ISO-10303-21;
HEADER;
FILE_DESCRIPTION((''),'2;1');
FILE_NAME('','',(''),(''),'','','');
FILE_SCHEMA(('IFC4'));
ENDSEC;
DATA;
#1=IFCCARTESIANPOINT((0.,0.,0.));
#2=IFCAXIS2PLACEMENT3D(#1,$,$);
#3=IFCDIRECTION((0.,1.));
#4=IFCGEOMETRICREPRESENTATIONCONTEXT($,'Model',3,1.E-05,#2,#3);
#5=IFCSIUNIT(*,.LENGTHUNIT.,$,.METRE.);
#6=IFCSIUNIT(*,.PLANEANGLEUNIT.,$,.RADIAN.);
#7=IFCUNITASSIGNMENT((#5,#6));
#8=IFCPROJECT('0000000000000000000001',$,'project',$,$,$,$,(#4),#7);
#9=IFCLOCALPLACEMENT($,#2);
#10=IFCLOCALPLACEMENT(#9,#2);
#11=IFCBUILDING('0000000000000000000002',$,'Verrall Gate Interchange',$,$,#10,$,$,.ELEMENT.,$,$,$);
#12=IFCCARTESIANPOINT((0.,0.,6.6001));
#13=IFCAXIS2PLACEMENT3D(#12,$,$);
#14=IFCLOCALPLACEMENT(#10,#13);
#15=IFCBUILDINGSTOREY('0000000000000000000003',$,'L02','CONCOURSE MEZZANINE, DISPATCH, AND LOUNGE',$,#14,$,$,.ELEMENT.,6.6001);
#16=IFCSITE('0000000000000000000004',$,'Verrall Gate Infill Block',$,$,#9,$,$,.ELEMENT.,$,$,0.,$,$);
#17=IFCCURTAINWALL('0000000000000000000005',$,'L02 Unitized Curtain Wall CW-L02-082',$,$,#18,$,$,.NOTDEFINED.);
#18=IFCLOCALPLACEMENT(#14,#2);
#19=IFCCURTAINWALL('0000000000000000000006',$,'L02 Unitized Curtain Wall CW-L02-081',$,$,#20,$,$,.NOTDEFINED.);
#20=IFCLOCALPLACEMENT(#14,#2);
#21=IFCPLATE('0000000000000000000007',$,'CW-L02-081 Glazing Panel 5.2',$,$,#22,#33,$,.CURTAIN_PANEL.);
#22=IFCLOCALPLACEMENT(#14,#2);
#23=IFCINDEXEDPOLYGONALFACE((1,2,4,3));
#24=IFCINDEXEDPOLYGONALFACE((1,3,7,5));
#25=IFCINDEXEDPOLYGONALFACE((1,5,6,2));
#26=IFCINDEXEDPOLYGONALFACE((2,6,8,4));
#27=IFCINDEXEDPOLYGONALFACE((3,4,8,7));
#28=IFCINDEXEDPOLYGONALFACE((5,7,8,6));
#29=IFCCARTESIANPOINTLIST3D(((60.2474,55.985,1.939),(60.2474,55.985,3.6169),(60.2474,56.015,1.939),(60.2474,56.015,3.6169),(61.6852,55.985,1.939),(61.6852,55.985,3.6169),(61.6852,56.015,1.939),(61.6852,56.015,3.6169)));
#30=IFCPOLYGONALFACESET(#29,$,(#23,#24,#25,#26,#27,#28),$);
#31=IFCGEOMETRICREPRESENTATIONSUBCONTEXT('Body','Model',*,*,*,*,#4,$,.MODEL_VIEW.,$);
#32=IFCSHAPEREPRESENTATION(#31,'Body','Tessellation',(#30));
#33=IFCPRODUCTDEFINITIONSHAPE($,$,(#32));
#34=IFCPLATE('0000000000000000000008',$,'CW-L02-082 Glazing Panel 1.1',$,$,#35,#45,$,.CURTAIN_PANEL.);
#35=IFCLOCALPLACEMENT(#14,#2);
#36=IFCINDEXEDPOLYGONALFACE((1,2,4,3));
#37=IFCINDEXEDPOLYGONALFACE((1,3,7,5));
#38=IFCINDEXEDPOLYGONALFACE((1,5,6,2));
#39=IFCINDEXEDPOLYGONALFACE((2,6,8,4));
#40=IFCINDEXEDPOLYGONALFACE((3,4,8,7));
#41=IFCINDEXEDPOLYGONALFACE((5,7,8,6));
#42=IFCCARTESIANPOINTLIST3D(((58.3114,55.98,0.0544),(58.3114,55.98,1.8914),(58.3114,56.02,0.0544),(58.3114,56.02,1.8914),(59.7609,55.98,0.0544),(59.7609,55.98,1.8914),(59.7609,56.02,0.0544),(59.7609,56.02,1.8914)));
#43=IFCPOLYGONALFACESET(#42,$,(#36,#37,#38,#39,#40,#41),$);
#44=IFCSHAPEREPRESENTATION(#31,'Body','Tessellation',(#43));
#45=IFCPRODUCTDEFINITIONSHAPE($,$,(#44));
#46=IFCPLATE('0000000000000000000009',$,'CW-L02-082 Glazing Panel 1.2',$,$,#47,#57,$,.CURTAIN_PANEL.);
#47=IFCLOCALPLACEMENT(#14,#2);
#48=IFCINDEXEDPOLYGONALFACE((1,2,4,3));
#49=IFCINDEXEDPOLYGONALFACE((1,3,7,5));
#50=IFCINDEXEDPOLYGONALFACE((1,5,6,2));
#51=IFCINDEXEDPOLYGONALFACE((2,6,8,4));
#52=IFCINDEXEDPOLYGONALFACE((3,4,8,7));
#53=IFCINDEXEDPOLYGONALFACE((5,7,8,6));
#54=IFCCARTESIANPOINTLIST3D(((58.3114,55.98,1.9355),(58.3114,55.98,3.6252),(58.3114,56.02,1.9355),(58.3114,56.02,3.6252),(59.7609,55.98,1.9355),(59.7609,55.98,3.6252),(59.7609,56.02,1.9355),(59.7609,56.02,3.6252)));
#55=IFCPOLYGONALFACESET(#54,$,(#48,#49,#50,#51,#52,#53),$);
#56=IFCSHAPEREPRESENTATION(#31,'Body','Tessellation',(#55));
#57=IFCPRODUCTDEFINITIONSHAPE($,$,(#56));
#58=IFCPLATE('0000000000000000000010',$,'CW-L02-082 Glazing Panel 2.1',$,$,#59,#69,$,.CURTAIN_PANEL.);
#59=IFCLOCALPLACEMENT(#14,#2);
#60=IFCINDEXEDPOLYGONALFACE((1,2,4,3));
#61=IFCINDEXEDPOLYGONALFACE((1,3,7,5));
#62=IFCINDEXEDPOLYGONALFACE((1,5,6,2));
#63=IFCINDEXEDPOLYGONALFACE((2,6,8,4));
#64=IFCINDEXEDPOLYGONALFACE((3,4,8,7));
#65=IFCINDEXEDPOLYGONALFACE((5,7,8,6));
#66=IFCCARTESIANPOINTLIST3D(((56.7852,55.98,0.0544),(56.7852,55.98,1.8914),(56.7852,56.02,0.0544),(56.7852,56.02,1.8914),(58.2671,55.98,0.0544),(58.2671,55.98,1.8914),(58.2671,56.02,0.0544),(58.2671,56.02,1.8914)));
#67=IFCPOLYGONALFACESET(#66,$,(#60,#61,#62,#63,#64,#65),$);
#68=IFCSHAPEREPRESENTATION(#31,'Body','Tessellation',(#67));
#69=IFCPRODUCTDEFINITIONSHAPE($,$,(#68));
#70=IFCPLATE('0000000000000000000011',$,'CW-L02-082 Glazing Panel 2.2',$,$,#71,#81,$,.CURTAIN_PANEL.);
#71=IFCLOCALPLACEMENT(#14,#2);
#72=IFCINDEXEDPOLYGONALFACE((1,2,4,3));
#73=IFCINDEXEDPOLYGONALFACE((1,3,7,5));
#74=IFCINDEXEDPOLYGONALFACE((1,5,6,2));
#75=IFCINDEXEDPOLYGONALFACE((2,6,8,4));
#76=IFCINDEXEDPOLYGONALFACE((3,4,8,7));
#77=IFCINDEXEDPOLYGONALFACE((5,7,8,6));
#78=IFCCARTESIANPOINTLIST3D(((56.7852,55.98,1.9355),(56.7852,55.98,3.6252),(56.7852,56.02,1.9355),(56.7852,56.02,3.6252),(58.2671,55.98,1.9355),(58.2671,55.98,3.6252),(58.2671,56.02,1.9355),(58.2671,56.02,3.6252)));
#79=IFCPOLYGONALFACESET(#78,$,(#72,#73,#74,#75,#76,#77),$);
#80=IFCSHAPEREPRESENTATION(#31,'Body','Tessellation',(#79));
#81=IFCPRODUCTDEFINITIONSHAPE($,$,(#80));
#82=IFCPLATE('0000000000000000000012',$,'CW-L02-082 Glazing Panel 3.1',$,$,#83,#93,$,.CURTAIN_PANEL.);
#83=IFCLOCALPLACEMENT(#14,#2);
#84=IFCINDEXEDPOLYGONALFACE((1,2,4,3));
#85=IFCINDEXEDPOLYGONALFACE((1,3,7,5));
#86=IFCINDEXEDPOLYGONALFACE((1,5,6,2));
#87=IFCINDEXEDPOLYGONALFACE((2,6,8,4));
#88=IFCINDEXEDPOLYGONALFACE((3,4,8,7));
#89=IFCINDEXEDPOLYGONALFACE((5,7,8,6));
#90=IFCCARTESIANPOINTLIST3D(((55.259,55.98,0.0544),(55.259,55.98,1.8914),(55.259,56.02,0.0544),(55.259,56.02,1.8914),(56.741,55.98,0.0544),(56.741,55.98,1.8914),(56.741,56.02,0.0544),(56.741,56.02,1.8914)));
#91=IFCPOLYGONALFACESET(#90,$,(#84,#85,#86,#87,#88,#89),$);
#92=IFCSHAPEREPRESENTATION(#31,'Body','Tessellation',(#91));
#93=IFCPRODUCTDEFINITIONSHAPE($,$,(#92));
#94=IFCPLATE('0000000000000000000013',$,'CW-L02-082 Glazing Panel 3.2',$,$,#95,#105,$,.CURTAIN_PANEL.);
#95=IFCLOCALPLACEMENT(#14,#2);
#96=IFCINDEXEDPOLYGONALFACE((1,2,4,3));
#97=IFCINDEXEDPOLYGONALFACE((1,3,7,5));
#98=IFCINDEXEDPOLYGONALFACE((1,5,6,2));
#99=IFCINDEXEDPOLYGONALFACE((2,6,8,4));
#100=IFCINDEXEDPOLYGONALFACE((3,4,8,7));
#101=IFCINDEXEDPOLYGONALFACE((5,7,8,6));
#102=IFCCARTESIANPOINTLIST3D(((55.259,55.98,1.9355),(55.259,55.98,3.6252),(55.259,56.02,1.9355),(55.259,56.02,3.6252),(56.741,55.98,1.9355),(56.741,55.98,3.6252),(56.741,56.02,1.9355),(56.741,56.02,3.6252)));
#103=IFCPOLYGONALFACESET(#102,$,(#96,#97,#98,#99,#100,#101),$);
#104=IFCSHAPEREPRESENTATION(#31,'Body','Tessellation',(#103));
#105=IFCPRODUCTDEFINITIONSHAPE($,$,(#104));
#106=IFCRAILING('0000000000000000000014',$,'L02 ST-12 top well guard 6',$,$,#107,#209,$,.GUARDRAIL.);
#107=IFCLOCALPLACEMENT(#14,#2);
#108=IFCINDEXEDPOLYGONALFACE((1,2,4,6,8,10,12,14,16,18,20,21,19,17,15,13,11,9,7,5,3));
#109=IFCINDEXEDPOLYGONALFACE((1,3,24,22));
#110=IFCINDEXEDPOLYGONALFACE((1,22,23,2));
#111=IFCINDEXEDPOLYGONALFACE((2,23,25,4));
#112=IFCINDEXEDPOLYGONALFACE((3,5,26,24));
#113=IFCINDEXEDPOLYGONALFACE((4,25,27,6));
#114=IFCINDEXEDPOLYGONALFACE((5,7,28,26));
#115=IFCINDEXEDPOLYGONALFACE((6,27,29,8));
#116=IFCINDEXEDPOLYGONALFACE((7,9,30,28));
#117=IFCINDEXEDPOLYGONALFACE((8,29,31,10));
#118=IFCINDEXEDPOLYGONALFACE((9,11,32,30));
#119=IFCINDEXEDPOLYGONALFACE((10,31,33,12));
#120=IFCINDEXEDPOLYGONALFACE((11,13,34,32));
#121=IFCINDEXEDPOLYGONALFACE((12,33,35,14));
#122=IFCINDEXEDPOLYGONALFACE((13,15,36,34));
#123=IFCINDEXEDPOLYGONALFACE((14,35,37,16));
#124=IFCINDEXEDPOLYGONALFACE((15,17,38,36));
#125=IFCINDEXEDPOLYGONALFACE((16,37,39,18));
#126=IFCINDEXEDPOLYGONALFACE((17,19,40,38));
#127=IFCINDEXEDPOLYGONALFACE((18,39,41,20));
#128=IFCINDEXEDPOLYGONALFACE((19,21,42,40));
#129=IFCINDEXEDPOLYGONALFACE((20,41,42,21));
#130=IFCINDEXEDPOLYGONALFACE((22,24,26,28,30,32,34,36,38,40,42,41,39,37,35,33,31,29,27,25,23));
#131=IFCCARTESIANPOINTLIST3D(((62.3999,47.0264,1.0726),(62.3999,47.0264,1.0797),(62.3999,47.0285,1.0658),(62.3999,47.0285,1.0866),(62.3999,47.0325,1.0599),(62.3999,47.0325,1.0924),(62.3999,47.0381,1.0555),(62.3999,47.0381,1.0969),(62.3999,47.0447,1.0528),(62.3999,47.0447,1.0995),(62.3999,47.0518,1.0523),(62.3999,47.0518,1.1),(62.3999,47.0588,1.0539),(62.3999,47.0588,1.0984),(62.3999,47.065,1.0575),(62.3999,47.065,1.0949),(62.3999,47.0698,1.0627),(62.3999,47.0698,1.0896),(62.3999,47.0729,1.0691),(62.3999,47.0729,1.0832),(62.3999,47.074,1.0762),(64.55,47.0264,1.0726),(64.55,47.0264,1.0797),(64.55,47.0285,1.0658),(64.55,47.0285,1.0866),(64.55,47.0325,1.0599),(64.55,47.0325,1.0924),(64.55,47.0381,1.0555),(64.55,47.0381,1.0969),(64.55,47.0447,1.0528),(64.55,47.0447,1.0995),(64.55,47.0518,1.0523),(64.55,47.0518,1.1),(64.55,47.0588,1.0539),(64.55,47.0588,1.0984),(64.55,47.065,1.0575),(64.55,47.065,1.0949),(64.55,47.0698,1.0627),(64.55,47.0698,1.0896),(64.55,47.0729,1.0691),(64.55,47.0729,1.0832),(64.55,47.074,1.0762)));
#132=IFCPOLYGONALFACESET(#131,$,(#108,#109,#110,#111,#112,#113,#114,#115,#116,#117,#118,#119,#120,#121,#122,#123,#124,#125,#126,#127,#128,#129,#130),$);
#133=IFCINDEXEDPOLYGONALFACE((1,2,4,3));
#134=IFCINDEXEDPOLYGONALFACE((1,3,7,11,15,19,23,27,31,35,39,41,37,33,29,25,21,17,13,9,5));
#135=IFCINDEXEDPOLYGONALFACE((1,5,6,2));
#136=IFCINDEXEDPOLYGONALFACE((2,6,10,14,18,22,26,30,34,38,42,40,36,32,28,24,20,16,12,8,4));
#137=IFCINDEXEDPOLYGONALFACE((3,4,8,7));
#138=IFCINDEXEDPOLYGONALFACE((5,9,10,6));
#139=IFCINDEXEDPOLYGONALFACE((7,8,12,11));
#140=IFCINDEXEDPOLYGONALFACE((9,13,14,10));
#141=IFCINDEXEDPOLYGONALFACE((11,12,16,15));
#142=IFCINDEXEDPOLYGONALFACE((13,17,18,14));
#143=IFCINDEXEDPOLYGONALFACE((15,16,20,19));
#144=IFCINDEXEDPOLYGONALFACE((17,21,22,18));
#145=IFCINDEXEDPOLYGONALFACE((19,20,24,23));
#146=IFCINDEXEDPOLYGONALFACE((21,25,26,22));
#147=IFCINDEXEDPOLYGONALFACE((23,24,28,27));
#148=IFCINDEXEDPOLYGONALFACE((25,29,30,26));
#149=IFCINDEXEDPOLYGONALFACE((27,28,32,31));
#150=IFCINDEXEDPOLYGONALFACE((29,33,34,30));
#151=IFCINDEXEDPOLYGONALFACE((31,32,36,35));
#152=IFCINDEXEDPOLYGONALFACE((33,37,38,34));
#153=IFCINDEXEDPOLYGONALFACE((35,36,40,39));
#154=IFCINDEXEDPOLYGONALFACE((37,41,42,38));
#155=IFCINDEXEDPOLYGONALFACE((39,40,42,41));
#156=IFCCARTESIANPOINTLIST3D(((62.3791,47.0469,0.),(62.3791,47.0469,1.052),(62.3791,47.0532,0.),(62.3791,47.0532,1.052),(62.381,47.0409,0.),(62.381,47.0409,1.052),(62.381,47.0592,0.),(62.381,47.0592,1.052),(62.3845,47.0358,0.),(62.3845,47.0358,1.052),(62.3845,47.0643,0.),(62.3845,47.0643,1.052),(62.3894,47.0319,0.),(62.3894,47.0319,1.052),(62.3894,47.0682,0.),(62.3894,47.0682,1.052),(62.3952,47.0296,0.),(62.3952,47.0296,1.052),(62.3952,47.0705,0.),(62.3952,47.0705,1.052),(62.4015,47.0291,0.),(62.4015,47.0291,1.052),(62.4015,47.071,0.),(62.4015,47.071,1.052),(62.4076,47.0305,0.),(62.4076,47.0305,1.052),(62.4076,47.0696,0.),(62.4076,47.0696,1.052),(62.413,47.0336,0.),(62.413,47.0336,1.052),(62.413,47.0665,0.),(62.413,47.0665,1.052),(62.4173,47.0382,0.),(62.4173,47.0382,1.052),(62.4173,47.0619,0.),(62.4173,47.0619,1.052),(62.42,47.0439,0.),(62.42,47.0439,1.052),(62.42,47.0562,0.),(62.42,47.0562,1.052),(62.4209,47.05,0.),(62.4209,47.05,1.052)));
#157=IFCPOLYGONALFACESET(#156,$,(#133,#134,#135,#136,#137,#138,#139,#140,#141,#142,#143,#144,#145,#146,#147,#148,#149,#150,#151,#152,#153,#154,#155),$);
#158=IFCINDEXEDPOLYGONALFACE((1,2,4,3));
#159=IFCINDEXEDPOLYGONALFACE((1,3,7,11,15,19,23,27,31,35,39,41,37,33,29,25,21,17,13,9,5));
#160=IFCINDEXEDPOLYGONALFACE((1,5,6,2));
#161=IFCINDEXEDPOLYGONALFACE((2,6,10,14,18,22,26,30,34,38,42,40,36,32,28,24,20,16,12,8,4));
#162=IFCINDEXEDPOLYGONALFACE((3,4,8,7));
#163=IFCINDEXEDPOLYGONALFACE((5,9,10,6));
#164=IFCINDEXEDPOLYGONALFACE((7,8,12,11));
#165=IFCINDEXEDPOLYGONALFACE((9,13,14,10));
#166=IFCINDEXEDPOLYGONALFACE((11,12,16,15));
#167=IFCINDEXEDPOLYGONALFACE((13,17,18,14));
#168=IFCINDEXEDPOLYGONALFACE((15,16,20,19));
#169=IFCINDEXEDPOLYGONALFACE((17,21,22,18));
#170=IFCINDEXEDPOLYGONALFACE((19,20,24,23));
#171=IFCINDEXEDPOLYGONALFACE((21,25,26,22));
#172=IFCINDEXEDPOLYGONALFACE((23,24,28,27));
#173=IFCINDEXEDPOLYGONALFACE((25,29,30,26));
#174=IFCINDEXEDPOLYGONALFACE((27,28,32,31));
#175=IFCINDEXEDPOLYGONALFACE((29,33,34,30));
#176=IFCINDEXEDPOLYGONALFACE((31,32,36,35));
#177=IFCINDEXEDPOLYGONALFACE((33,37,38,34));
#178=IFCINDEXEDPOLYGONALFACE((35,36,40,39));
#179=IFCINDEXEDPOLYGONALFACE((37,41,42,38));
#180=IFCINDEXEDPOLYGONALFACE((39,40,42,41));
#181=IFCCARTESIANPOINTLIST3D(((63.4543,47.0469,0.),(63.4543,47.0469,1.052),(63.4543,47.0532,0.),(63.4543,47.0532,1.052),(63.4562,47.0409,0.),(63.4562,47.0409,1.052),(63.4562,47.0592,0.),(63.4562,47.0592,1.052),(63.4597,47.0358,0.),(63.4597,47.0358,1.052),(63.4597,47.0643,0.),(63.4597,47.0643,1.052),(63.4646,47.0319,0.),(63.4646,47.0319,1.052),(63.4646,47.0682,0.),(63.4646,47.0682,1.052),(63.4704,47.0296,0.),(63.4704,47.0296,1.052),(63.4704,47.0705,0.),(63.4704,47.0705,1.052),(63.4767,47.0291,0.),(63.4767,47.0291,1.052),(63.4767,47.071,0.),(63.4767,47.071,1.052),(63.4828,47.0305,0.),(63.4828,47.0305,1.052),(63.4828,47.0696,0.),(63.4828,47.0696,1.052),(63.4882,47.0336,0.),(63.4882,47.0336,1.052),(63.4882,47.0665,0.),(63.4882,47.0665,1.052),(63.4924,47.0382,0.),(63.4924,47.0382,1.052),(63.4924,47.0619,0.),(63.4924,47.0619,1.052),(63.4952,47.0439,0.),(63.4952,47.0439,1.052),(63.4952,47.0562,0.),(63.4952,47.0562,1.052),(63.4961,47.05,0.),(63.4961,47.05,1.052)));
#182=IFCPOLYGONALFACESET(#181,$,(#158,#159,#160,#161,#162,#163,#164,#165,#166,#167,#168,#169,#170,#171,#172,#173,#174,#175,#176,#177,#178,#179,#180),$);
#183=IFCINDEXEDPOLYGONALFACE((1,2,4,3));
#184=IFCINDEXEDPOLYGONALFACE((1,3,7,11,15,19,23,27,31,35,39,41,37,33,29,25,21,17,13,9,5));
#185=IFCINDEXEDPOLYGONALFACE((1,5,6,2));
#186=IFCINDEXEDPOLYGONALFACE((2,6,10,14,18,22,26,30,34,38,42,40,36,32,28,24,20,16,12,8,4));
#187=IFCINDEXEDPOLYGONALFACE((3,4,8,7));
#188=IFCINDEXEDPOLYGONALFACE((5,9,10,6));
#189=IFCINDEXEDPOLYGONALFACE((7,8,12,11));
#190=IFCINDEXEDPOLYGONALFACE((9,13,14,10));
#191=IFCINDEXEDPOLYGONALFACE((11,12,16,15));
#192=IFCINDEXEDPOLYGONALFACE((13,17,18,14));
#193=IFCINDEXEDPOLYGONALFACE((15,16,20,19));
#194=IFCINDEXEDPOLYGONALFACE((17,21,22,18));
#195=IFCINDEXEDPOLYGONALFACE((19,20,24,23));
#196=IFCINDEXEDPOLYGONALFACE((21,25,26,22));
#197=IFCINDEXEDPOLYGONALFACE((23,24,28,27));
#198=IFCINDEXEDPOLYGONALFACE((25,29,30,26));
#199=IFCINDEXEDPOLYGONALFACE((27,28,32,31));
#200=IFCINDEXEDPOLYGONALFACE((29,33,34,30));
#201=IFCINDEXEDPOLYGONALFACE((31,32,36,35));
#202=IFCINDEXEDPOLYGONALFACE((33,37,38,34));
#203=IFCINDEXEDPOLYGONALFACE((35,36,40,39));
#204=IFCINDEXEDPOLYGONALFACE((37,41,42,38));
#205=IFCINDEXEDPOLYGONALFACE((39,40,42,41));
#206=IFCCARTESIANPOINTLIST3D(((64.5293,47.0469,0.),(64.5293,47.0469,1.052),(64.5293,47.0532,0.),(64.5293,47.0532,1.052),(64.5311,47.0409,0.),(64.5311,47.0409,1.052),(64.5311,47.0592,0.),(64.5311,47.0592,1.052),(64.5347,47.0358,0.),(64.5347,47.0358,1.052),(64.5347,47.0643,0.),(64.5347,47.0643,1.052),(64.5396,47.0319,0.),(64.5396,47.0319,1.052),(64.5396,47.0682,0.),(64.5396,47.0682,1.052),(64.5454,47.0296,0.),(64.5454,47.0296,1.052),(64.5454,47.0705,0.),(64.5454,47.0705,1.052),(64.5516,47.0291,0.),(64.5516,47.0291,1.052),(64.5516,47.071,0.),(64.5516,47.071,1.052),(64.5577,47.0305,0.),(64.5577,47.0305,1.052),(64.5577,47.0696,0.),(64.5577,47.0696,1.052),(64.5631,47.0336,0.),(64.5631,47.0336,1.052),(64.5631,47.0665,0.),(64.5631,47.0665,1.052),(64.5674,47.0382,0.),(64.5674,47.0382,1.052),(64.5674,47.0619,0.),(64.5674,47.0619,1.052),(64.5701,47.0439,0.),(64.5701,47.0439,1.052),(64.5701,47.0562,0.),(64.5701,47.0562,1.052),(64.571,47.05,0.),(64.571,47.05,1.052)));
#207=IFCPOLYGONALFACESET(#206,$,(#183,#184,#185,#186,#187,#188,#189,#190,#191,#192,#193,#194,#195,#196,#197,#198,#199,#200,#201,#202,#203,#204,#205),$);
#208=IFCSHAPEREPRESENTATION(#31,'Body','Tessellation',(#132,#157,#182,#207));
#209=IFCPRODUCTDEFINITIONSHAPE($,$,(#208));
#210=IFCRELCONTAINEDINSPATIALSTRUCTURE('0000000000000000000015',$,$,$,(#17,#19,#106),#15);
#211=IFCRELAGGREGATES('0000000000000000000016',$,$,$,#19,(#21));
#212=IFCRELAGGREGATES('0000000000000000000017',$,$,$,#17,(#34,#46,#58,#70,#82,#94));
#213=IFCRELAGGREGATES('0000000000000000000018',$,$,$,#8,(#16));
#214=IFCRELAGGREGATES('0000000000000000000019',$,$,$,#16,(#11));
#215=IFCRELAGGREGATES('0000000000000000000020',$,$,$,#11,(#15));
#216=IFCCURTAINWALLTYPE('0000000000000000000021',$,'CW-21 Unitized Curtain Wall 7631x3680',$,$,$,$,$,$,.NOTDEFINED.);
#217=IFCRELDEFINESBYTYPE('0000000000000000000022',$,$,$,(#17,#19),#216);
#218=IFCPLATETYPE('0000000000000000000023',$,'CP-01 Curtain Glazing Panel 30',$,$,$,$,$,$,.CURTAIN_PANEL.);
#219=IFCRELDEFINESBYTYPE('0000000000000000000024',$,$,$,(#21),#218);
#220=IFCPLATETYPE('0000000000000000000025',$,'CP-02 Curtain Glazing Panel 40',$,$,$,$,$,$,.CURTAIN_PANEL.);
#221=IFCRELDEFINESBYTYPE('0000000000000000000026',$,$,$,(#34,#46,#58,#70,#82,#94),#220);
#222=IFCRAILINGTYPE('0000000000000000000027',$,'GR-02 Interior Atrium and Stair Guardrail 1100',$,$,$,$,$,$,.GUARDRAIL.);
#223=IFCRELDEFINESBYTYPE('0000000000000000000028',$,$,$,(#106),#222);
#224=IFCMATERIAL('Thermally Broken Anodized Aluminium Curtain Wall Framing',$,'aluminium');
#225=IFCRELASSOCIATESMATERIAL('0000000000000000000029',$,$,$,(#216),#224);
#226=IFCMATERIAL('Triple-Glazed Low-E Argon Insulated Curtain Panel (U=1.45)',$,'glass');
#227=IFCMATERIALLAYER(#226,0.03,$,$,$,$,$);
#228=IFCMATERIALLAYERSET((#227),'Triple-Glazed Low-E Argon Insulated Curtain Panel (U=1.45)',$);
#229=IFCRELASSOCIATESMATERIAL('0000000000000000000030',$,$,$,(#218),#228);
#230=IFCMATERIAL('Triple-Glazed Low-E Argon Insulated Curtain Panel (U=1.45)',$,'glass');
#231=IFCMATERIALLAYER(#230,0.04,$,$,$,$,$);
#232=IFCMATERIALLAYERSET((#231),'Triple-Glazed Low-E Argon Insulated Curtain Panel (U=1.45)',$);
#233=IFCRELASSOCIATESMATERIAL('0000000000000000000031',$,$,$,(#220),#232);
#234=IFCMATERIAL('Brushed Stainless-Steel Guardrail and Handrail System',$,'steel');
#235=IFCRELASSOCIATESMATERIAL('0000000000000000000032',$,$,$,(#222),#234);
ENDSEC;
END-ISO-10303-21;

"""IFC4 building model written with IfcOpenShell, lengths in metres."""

from ifc_helpers import new_model, si_unit, direction, frame, origin, origin_2d, place, context, subcontext, project, spatial, rectangle, circle, extrude, material, layer, layer_set, type_object, element, aggregate, save


model = new_model("IFC4")

# Units and contexts
model_context = context("Model", 3, precision=1e-05, world=origin(), true_north=direction((0.0, 1.0)))
body_context = subcontext(model_context, "Body", "Model", "MODEL_VIEW")
ifc_project = project(units=[si_unit("LENGTHUNIT", "METRE"), si_unit("PLANEANGLEUNIT", "RADIAN")], contexts=[model_context])

# Site, building, storey
site_placement = place(None, origin())
site = spatial("IfcSite", under=ifc_project, at=site_placement, Name="Verrall Gate Infill Block", CompositionType="ELEMENT", RefElevation=0.0)
building_placement = place(site_placement, origin())
building = spatial("IfcBuilding", under=site, at=building_placement, Name="Verrall Gate Interchange", CompositionType="ELEMENT")
storey_placement = place(building_placement, frame((0.0, 0.0, 6.6001)))
storey = spatial("IfcBuildingStorey", under=building, at=storey_placement, Name="L02", Description="CONCOURSE MEZZANINE, DISPATCH, AND LOUNGE", CompositionType="ELEMENT", Elevation=6.6001)

# Curtain walls
ifc_material_1 = material(Name="Thermally Broken Anodized Aluminium Curtain Wall Framing", Category="aluminium")
curtain_wall_type = type_object("IfcCurtainWallType", Name="CW-21 Unitized Curtain Wall 7631x3680", PredefinedType="NOTDEFINED", material=ifc_material_1)
curtain_wall_1_placement = place(storey_placement, origin())
curtain_wall_1 = element("IfcCurtainWall", 1, at=curtain_wall_1_placement, inside=storey, type_object=curtain_wall_type, Name="L02 Unitized Curtain Wall CW-L02-082", PredefinedType="NOTDEFINED")
curtain_wall_2_placement = place(storey_placement, origin())
curtain_wall_2 = element("IfcCurtainWall", 2, at=curtain_wall_2_placement, inside=storey, type_object=curtain_wall_type, Name="L02 Unitized Curtain Wall CW-L02-081", PredefinedType="NOTDEFINED")

# Plates
ifc_material_2 = material(Name="Triple-Glazed Low-E Argon Insulated Curtain Panel (U=1.45)", Category="glass")
ifc_layer_1 = layer(ifc_material_2, 0.03)
ifc_layer_set_1 = layer_set([ifc_layer_1], Name="Triple-Glazed Low-E Argon Insulated Curtain Panel (U=1.45)")
plate_type_1 = type_object("IfcPlateType", Name="CP-01 Curtain Glazing Panel 30", PredefinedType="CURTAIN_PANEL", material=ifc_layer_set_1)
plate_1_placement = place(storey_placement, frame((60.9663, 56.0, 1.939), z_axis=(0.0, 0.0, 1.0), x_axis=(-1.0, 0.0, 0.0)))
plate_1 = element("IfcPlate", 3, at=plate_1_placement, type_object=plate_type_1, Name="CW-L02-081 Glazing Panel 5.2", PredefinedType="CURTAIN_PANEL", context=body_context, shape_type="SweptSolid", body=[
    extrude(rectangle(XDim=1.4377, YDim=0.03, at=origin_2d()), origin(), (0.0, 0.0, 1.0), 1.678),
])
aggregate(curtain_wall_2, [plate_1])
ifc_material_3 = material(Name="Triple-Glazed Low-E Argon Insulated Curtain Panel (U=1.45)", Category="glass")
ifc_layer_2 = layer(ifc_material_3, 0.04)
ifc_layer_set_2 = layer_set([ifc_layer_2], Name="Triple-Glazed Low-E Argon Insulated Curtain Panel (U=1.45)")
plate_type_2 = type_object("IfcPlateType", Name="CP-02 Curtain Glazing Panel 40", PredefinedType="CURTAIN_PANEL", material=ifc_layer_set_2)
plate_2_placement = place(storey_placement, frame((59.0361, 56.0, 0.0544), z_axis=(0.0, 0.0, 1.0), x_axis=(-1.0, 0.0, 0.0)))
plate_2 = element("IfcPlate", 4, at=plate_2_placement, type_object=plate_type_2, Name="CW-L02-082 Glazing Panel 1.1", PredefinedType="CURTAIN_PANEL", context=body_context, shape_type="SweptSolid", body=[
    extrude(rectangle(XDim=1.4495, YDim=0.04, at=origin_2d()), origin(), (0.0, 0.0, 1.0), 1.8369),
])
plate_3_placement = place(storey_placement, frame((59.0361, 56.0, 1.9355), z_axis=(0.0, 0.0, 1.0), x_axis=(-1.0, 0.0, 0.0)))
plate_3 = element("IfcPlate", 5, at=plate_3_placement, type_object=plate_type_2, Name="CW-L02-082 Glazing Panel 1.2", PredefinedType="CURTAIN_PANEL", context=body_context, shape_type="SweptSolid", body=[
    extrude(rectangle(XDim=1.4495, YDim=0.04, at=origin_2d()), origin(), (0.0, 0.0, 1.0), 1.6897),
])
plate_4_placement = place(storey_placement, frame((57.5261, 56.0, 0.0544), z_axis=(0.0, 0.0, 1.0), x_axis=(-1.0, 0.0, 0.0)))
plate_4 = element("IfcPlate", 6, at=plate_4_placement, type_object=plate_type_2, Name="CW-L02-082 Glazing Panel 2.1", PredefinedType="CURTAIN_PANEL", context=body_context, shape_type="SweptSolid", body=[
    extrude(rectangle(XDim=1.4819, YDim=0.04, at=origin_2d()), origin(), (0.0, 0.0, 1.0), 1.8369),
])
plate_5_placement = place(storey_placement, frame((57.5261, 56.0, 1.9355), z_axis=(0.0, 0.0, 1.0), x_axis=(-1.0, 0.0, 0.0)))
plate_5 = element("IfcPlate", 7, at=plate_5_placement, type_object=plate_type_2, Name="CW-L02-082 Glazing Panel 2.2", PredefinedType="CURTAIN_PANEL", context=body_context, shape_type="SweptSolid", body=[
    extrude(rectangle(XDim=1.4819, YDim=0.04, at=origin_2d()), origin(), (0.0, 0.0, 1.0), 1.6897),
])
plate_6_placement = place(storey_placement, frame((56.0, 56.0, 0.0544), z_axis=(0.0, 0.0, 1.0), x_axis=(-1.0, 0.0, 0.0)))
plate_6 = element("IfcPlate", 8, at=plate_6_placement, type_object=plate_type_2, Name="CW-L02-082 Glazing Panel 3.1", PredefinedType="CURTAIN_PANEL", context=body_context, shape_type="SweptSolid", body=[
    extrude(rectangle(XDim=1.4819, YDim=0.04, at=origin_2d()), origin(), (0.0, 0.0, 1.0), 1.8369),
])
plate_7_placement = place(storey_placement, frame((56.0, 56.0, 1.9355), z_axis=(0.0, 0.0, 1.0), x_axis=(-1.0, 0.0, 0.0)))
plate_7 = element("IfcPlate", 9, at=plate_7_placement, type_object=plate_type_2, Name="CW-L02-082 Glazing Panel 3.2", PredefinedType="CURTAIN_PANEL", context=body_context, shape_type="SweptSolid", body=[
    extrude(rectangle(XDim=1.4819, YDim=0.04, at=origin_2d()), origin(), (0.0, 0.0, 1.0), 1.6897),
])
aggregate(curtain_wall_1, [plate_2, plate_3, plate_4, plate_5, plate_6, plate_7])

# Railing
ifc_material_4 = material(Name="Brushed Stainless-Steel Guardrail and Handrail System", Category="steel")
railing_type = type_object("IfcRailingType", Name="GR-02 Interior Atrium and Stair Guardrail 1100", PredefinedType="GUARDRAIL", material=ifc_material_4)
railing_1_placement = place(storey_placement, frame((62.3999, 47.05, 0.0)))
element("IfcRailing", 10, at=railing_1_placement, inside=storey, type_object=railing_type, Name="L02 ST-12 top well guard 6", PredefinedType="GUARDRAIL", context=body_context, shape_type="SweptSolid", body=[
    extrude(circle(Radius=0.0239, at=origin_2d()), frame((0.0, 0.0, 1.0762), z_axis=(1.0, 0.0, 0.0), x_axis=(0.0, 1.0, 0.0)), (0.0, 0.0, 1.0), 2.1501),
    extrude(circle(Radius=0.021, at=origin_2d()), origin(), (0.0, 0.0, 1.0), 1.052),
    extrude(circle(Radius=0.021, at=origin_2d()), frame((1.0752, 0.0, 0.0)), (0.0, 0.0, 1.0), 1.052),
    extrude(circle(Radius=0.021, at=origin_2d()), frame((2.1501, 0.0, 0.0)), (0.0, 0.0, 1.0), 1.052),
])

save(model, "model.ifc")
